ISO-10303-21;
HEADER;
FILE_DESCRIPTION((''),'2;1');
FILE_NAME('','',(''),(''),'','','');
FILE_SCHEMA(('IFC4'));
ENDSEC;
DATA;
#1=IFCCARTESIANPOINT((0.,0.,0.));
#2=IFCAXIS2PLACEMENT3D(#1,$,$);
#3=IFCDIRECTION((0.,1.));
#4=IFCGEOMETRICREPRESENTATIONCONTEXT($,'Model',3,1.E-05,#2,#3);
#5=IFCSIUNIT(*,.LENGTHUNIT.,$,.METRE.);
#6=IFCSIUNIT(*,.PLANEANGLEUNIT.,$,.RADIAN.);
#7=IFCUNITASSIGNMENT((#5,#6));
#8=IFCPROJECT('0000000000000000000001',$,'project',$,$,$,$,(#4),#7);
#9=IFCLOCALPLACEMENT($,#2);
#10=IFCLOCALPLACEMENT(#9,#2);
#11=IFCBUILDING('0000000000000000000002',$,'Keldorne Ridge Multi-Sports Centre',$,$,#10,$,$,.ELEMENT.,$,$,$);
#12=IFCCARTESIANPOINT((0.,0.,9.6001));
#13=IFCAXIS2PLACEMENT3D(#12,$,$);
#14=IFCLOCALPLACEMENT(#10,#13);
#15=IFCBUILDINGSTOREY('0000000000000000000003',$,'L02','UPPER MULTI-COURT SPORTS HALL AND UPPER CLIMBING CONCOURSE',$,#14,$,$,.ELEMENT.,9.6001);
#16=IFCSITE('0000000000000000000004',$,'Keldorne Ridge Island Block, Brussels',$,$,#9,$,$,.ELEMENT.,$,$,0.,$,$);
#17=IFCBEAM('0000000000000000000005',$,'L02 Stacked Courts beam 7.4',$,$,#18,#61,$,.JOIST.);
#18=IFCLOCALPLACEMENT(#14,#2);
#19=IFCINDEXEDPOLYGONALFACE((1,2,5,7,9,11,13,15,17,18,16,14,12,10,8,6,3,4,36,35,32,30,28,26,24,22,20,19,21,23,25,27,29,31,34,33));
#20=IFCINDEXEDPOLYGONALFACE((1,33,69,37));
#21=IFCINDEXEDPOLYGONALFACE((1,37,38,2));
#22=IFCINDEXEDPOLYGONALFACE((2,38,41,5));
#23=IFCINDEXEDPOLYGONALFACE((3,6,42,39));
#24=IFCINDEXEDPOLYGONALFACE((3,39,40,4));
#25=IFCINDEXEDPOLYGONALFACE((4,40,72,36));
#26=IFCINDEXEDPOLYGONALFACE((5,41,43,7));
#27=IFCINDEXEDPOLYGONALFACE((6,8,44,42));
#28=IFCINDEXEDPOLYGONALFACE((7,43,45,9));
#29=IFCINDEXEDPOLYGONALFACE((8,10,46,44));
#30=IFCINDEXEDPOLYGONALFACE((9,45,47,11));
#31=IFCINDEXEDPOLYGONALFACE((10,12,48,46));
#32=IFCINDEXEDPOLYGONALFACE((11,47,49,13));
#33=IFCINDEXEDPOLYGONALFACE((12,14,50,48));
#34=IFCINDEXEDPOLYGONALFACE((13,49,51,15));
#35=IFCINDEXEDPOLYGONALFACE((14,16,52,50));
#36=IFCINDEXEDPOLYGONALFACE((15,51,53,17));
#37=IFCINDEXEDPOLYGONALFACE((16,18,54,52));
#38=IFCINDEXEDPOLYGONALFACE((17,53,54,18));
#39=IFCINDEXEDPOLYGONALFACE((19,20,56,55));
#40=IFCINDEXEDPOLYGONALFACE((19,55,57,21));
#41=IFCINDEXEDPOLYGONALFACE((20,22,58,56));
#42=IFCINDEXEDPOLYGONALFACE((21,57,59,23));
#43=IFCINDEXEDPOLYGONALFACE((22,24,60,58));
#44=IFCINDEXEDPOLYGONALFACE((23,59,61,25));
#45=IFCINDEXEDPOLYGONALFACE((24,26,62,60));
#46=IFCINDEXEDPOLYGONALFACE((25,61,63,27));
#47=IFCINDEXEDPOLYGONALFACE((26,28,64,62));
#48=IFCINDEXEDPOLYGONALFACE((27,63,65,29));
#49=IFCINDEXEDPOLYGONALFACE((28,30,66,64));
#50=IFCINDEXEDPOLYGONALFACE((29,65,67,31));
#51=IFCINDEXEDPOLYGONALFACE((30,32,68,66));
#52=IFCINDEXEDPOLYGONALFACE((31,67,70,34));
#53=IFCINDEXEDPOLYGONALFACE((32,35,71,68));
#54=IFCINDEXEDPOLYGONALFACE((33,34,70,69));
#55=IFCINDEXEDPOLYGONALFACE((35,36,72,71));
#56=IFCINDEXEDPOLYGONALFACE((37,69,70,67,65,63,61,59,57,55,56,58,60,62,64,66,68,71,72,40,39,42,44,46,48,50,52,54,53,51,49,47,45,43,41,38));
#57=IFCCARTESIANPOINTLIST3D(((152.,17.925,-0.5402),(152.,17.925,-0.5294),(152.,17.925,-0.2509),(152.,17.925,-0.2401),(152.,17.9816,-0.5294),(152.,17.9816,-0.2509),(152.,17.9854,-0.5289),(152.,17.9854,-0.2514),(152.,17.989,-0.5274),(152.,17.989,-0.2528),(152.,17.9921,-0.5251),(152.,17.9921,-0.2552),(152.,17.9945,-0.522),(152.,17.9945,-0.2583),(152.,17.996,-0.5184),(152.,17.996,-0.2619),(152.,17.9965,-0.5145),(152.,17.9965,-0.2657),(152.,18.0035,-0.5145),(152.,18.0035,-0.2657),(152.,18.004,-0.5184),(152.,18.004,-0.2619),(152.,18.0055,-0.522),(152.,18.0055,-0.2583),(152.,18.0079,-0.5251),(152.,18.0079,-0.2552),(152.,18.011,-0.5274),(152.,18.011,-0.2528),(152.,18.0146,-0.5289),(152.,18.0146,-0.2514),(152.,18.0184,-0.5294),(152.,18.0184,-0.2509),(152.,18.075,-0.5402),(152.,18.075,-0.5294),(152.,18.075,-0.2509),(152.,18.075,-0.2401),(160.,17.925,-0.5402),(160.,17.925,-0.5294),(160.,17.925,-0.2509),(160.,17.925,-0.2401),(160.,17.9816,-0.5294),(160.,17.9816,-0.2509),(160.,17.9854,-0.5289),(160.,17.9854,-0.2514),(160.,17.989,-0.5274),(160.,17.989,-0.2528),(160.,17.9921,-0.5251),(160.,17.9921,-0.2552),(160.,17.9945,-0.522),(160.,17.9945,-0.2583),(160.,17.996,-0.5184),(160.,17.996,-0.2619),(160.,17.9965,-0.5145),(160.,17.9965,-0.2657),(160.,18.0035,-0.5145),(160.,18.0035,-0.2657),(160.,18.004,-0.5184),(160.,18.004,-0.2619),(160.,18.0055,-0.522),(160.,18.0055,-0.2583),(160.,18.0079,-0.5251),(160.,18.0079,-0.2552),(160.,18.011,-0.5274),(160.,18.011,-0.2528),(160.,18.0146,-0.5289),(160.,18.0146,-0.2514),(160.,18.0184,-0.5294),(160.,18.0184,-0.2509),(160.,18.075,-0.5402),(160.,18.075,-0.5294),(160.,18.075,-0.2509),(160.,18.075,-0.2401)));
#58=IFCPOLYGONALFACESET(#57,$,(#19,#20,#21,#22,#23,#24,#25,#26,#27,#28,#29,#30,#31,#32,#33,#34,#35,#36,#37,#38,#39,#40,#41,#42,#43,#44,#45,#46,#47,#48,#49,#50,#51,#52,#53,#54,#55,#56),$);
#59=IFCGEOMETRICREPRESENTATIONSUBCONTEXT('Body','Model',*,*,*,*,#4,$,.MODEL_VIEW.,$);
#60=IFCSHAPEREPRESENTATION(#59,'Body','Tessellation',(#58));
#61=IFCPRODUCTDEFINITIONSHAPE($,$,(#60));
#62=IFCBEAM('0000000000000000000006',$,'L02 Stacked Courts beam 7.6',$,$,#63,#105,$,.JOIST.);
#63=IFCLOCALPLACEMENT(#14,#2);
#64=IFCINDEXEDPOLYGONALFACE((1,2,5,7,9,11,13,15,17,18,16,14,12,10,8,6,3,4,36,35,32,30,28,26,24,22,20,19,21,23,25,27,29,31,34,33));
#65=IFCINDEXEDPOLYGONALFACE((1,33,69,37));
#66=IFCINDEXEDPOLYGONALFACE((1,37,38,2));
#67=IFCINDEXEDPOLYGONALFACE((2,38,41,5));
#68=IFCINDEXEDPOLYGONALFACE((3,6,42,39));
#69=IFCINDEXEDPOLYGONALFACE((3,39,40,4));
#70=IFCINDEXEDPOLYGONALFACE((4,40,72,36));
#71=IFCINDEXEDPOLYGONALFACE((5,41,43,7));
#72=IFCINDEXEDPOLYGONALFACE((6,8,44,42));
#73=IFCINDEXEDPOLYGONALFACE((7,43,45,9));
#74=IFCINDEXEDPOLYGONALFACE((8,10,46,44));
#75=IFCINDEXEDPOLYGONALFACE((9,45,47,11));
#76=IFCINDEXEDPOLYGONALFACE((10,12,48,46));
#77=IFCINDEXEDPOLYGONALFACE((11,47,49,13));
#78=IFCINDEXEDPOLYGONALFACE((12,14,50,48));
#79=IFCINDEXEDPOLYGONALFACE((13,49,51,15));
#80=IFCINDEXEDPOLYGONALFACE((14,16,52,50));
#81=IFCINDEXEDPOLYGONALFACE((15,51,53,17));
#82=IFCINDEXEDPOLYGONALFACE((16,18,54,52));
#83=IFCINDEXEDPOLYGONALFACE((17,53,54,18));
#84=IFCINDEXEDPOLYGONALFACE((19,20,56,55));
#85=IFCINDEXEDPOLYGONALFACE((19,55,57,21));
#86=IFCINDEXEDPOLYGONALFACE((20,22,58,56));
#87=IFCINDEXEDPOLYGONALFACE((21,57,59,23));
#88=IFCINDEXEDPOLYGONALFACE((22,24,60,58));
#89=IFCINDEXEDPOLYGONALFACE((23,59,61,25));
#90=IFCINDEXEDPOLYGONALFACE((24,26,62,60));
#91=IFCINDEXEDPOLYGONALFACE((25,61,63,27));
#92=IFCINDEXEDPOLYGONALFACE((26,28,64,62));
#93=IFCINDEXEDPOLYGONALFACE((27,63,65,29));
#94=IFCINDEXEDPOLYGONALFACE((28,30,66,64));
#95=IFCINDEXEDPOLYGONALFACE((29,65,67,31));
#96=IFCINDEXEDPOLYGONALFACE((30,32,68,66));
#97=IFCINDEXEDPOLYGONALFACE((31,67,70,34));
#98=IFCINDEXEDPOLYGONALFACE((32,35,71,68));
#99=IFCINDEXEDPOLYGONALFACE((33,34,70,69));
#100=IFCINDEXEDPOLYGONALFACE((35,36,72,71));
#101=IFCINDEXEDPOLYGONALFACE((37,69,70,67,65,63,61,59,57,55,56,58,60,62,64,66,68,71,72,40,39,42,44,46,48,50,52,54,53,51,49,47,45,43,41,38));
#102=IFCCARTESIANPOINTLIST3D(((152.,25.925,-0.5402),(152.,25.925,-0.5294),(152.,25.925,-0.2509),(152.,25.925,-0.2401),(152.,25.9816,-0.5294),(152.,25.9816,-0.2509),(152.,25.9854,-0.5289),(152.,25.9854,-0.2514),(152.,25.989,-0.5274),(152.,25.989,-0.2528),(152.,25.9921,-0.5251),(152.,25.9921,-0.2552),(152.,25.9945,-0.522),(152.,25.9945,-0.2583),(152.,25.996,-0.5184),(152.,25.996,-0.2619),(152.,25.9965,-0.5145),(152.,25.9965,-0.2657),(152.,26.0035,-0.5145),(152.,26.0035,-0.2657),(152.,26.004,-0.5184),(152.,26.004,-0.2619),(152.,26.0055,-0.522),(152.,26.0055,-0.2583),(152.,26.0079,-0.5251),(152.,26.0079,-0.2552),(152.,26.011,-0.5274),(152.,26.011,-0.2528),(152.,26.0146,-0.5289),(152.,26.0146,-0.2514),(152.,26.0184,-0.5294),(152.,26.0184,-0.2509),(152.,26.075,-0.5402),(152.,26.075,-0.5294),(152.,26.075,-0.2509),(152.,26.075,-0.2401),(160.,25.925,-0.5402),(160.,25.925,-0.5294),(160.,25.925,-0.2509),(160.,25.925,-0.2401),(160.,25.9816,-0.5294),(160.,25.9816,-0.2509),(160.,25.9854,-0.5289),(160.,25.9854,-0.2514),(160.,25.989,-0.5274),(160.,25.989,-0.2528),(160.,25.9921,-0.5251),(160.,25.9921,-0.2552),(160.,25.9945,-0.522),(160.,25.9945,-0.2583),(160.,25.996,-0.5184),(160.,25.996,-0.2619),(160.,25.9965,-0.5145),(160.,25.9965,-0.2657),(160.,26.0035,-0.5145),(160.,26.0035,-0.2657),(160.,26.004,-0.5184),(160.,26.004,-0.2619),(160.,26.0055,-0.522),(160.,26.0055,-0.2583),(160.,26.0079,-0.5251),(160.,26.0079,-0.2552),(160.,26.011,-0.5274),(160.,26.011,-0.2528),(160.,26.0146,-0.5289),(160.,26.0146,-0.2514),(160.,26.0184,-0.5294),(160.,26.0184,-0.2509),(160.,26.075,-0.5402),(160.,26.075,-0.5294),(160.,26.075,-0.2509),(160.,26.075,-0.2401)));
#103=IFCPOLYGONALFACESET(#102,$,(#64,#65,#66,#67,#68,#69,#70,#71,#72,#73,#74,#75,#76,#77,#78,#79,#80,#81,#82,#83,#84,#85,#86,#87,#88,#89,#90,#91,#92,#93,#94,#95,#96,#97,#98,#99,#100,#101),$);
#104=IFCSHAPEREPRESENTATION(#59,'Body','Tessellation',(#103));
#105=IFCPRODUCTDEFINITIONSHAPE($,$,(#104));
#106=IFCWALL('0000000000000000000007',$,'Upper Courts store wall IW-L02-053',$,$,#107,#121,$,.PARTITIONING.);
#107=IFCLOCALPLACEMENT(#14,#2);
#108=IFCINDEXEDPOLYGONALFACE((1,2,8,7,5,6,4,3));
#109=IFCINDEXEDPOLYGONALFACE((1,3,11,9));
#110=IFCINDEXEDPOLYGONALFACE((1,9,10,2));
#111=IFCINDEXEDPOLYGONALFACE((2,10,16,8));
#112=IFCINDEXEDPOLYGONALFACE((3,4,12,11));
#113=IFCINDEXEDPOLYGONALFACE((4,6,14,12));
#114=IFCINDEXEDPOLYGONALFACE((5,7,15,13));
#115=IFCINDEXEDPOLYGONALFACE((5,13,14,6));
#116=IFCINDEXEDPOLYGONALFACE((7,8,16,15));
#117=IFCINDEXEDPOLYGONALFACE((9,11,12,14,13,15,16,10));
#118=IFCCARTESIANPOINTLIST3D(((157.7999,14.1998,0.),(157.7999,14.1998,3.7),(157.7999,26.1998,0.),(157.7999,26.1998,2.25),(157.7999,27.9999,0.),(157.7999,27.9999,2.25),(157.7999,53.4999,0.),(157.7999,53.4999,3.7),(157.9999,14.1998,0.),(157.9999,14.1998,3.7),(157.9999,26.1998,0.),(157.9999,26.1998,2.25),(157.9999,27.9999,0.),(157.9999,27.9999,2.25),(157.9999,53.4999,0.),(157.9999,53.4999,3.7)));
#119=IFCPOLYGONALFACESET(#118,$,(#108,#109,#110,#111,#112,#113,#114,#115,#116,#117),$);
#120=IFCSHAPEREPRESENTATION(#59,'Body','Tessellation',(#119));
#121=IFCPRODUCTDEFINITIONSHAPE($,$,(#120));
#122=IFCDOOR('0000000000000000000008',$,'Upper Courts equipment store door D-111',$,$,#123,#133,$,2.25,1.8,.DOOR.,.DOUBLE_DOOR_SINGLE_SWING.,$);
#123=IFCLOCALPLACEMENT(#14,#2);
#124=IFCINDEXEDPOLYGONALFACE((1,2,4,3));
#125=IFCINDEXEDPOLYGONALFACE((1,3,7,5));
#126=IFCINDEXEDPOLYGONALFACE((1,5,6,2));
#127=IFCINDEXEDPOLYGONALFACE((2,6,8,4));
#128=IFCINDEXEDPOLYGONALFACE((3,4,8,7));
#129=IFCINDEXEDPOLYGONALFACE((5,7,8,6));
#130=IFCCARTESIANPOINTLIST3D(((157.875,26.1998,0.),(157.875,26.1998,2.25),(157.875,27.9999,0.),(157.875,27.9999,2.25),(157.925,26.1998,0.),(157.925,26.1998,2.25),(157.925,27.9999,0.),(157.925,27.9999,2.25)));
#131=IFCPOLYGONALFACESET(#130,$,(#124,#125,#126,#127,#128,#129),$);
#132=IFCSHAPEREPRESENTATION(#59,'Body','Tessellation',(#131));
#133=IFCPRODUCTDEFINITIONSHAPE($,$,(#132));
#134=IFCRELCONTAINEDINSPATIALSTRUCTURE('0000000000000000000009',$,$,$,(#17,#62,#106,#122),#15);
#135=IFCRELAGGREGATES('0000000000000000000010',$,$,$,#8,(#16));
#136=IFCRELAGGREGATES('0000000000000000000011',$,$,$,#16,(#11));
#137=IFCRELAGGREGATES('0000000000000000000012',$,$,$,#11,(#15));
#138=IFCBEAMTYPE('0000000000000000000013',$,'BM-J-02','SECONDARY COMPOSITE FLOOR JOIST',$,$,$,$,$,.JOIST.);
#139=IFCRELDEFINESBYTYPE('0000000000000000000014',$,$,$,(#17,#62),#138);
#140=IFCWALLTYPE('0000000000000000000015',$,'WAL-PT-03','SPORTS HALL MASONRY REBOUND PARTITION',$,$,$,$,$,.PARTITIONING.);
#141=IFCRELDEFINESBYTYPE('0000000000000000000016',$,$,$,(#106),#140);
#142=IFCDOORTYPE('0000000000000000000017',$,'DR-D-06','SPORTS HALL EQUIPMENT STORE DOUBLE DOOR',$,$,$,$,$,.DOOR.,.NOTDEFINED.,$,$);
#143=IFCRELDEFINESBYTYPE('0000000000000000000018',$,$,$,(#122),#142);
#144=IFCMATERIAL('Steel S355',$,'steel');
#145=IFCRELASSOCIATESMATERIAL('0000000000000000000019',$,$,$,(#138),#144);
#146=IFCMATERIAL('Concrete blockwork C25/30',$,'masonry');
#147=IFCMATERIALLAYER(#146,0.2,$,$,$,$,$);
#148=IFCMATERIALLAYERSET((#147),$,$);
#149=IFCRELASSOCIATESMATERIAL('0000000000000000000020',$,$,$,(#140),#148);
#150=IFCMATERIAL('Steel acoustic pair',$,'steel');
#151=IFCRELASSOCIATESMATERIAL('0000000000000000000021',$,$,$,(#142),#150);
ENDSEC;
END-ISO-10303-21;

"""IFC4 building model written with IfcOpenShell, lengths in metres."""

from ifc_helpers import new_model, si_unit, direction, frame, frame_2d, origin, origin_2d, place, context, subcontext, project, spatial, rectangle, i_section, extrude, material, layer, layer_set, material_profile, profile_set, type_object, element, fill, save


model = new_model("IFC4")

# Units and contexts
model_context = context("Model", 3, precision=1e-05, world=origin(), true_north=direction((0.0, 1.0)))
body_context = subcontext(model_context, "Body", "Model", "MODEL_VIEW")
ifc_project = project(units=[si_unit("LENGTHUNIT", "METRE"), si_unit("PLANEANGLEUNIT", "RADIAN")], contexts=[model_context])

# Site, building, storey
site_placement = place(None, origin())
site = spatial("IfcSite", under=ifc_project, at=site_placement, Name="Keldorne Ridge Island Block, Brussels", CompositionType="ELEMENT", RefElevation=0.0)
building_placement = place(site_placement, origin())
building = spatial("IfcBuilding", under=site, at=building_placement, Name="Keldorne Ridge Multi-Sports Centre", CompositionType="ELEMENT")
storey_placement = place(building_placement, frame((0.0, 0.0, 9.6001)))
storey = spatial("IfcBuildingStorey", under=building, at=storey_placement, Name="L02", Description="UPPER MULTI-COURT SPORTS HALL AND UPPER CLIMBING CONCOURSE", CompositionType="ELEMENT", Elevation=9.6001)

# Beams
ifc_material_1 = material(Name="Steel S355", Category="steel")
ifc_material_profile_1 = material_profile(ifc_material_1, i_section(OverallWidth=0.1499, OverallDepth=0.3, WebThickness=0.0071, FlangeThickness=0.0107, FilletRadius=0.0149, at=origin_2d()), Name="IPE 300")
ifc_profile_set_1 = profile_set([ifc_material_profile_1], Name="Steel S355")
beam_type_1 = type_object("IfcBeamType", Name="BM-J-02", Description="SECONDARY COMPOSITE FLOOR JOIST", PredefinedType="JOIST", material=ifc_profile_set_1)
for number, where, z_axis, x_axis, name in (
    (1, (152.0, 18.0, -0.3901), (1.0, 0.0, 0.0), (0.0, 1.0, 0.0), "L02 Stacked Courts beam 7.4"),
    (2, (152.0, 26.0, -0.3901), (1.0, 0.0, 0.0), (0.0, 1.0, 0.0), "L02 Stacked Courts beam 7.6"),
):
    element("IfcBeam", number, at=place(storey_placement, frame(where, z_axis=z_axis, x_axis=x_axis)), inside=storey, type_object=beam_type_1, Name=name, PredefinedType="JOIST", context=body_context, shape_type="SweptSolid", body=[
        extrude(i_section(OverallWidth=0.1499, OverallDepth=0.3, WebThickness=0.0071, FlangeThickness=0.0107, FilletRadius=0.0149, at=origin_2d()), origin(), (0.0, 0.0, 1.0), 8.0),
    ])

# Wall, opening, door
ifc_material_2 = material(Name="Concrete blockwork C25/30", Category="masonry")
ifc_layer = layer(ifc_material_2, 0.2)
ifc_layer_set = layer_set([ifc_layer])
wall_type = type_object("IfcWallType", Name="WAL-PT-03", Description="SPORTS HALL MASONRY REBOUND PARTITION", PredefinedType="PARTITIONING", material=ifc_layer_set)
wall_placement = place(storey_placement, frame((157.8999, 14.2, 0.0), z_axis=(0.0, 0.0, 1.0), x_axis=(0.0, 1.0, 0.0)))
wall = element("IfcWall", 3, at=wall_placement, inside=storey, type_object=wall_type, Name="Upper Courts store wall IW-L02-053", PredefinedType="PARTITIONING", context=body_context, shape_type="SweptSolid", body=[
    extrude(rectangle(XDim=39.3, YDim=0.2, at=frame_2d((19.6499, 0.0))), origin(), (0.0, 0.0, 1.0), 3.7),
])
opening_placement = place(wall_placement, frame((12.0, 0.0, 0.0)))
opening = element("IfcOpeningElement", 4, at=opening_placement, cuts=wall, PredefinedType="OPENING", context=body_context, shape_type="SweptSolid", body=[
    extrude(rectangle(XDim=1.8, YDim=2.25, at=frame_2d((0.8999, 1.125))), frame((0.0, 0.1099, 0.0), z_axis=(0.0, -1.0, 0.0), x_axis=(1.0, 0.0, 0.0)), (0.0, 0.0, 1.0), 0.22),
])
ifc_material_3 = material(Name="Steel acoustic pair", Category="steel")
door_type = type_object("IfcDoorType", Name="DR-D-06", Description="SPORTS HALL EQUIPMENT STORE DOUBLE DOOR", OperationType="NOTDEFINED", PredefinedType="DOOR", material=ifc_material_3)
door_placement = place(opening_placement, origin())
door = element("IfcDoor", 5, at=door_placement, inside=storey, type_object=door_type, Name="Upper Courts equipment store door D-111", OperationType="DOUBLE_DOOR_SINGLE_SWING", OverallHeight=2.25, OverallWidth=1.8, PredefinedType="DOOR", context=body_context, shape_type="SweptSolid", body=[
    extrude(rectangle(XDim=1.8, YDim=2.25, at=frame_2d((0.8999, 1.125))), frame((0.0, 0.0249, 0.0), z_axis=(0.0, -1.0, 0.0), x_axis=(1.0, 0.0, 0.0)), (0.0, 0.0, 1.0), 0.05),
])
fill(opening, door)

save(model, "model.ifc")
